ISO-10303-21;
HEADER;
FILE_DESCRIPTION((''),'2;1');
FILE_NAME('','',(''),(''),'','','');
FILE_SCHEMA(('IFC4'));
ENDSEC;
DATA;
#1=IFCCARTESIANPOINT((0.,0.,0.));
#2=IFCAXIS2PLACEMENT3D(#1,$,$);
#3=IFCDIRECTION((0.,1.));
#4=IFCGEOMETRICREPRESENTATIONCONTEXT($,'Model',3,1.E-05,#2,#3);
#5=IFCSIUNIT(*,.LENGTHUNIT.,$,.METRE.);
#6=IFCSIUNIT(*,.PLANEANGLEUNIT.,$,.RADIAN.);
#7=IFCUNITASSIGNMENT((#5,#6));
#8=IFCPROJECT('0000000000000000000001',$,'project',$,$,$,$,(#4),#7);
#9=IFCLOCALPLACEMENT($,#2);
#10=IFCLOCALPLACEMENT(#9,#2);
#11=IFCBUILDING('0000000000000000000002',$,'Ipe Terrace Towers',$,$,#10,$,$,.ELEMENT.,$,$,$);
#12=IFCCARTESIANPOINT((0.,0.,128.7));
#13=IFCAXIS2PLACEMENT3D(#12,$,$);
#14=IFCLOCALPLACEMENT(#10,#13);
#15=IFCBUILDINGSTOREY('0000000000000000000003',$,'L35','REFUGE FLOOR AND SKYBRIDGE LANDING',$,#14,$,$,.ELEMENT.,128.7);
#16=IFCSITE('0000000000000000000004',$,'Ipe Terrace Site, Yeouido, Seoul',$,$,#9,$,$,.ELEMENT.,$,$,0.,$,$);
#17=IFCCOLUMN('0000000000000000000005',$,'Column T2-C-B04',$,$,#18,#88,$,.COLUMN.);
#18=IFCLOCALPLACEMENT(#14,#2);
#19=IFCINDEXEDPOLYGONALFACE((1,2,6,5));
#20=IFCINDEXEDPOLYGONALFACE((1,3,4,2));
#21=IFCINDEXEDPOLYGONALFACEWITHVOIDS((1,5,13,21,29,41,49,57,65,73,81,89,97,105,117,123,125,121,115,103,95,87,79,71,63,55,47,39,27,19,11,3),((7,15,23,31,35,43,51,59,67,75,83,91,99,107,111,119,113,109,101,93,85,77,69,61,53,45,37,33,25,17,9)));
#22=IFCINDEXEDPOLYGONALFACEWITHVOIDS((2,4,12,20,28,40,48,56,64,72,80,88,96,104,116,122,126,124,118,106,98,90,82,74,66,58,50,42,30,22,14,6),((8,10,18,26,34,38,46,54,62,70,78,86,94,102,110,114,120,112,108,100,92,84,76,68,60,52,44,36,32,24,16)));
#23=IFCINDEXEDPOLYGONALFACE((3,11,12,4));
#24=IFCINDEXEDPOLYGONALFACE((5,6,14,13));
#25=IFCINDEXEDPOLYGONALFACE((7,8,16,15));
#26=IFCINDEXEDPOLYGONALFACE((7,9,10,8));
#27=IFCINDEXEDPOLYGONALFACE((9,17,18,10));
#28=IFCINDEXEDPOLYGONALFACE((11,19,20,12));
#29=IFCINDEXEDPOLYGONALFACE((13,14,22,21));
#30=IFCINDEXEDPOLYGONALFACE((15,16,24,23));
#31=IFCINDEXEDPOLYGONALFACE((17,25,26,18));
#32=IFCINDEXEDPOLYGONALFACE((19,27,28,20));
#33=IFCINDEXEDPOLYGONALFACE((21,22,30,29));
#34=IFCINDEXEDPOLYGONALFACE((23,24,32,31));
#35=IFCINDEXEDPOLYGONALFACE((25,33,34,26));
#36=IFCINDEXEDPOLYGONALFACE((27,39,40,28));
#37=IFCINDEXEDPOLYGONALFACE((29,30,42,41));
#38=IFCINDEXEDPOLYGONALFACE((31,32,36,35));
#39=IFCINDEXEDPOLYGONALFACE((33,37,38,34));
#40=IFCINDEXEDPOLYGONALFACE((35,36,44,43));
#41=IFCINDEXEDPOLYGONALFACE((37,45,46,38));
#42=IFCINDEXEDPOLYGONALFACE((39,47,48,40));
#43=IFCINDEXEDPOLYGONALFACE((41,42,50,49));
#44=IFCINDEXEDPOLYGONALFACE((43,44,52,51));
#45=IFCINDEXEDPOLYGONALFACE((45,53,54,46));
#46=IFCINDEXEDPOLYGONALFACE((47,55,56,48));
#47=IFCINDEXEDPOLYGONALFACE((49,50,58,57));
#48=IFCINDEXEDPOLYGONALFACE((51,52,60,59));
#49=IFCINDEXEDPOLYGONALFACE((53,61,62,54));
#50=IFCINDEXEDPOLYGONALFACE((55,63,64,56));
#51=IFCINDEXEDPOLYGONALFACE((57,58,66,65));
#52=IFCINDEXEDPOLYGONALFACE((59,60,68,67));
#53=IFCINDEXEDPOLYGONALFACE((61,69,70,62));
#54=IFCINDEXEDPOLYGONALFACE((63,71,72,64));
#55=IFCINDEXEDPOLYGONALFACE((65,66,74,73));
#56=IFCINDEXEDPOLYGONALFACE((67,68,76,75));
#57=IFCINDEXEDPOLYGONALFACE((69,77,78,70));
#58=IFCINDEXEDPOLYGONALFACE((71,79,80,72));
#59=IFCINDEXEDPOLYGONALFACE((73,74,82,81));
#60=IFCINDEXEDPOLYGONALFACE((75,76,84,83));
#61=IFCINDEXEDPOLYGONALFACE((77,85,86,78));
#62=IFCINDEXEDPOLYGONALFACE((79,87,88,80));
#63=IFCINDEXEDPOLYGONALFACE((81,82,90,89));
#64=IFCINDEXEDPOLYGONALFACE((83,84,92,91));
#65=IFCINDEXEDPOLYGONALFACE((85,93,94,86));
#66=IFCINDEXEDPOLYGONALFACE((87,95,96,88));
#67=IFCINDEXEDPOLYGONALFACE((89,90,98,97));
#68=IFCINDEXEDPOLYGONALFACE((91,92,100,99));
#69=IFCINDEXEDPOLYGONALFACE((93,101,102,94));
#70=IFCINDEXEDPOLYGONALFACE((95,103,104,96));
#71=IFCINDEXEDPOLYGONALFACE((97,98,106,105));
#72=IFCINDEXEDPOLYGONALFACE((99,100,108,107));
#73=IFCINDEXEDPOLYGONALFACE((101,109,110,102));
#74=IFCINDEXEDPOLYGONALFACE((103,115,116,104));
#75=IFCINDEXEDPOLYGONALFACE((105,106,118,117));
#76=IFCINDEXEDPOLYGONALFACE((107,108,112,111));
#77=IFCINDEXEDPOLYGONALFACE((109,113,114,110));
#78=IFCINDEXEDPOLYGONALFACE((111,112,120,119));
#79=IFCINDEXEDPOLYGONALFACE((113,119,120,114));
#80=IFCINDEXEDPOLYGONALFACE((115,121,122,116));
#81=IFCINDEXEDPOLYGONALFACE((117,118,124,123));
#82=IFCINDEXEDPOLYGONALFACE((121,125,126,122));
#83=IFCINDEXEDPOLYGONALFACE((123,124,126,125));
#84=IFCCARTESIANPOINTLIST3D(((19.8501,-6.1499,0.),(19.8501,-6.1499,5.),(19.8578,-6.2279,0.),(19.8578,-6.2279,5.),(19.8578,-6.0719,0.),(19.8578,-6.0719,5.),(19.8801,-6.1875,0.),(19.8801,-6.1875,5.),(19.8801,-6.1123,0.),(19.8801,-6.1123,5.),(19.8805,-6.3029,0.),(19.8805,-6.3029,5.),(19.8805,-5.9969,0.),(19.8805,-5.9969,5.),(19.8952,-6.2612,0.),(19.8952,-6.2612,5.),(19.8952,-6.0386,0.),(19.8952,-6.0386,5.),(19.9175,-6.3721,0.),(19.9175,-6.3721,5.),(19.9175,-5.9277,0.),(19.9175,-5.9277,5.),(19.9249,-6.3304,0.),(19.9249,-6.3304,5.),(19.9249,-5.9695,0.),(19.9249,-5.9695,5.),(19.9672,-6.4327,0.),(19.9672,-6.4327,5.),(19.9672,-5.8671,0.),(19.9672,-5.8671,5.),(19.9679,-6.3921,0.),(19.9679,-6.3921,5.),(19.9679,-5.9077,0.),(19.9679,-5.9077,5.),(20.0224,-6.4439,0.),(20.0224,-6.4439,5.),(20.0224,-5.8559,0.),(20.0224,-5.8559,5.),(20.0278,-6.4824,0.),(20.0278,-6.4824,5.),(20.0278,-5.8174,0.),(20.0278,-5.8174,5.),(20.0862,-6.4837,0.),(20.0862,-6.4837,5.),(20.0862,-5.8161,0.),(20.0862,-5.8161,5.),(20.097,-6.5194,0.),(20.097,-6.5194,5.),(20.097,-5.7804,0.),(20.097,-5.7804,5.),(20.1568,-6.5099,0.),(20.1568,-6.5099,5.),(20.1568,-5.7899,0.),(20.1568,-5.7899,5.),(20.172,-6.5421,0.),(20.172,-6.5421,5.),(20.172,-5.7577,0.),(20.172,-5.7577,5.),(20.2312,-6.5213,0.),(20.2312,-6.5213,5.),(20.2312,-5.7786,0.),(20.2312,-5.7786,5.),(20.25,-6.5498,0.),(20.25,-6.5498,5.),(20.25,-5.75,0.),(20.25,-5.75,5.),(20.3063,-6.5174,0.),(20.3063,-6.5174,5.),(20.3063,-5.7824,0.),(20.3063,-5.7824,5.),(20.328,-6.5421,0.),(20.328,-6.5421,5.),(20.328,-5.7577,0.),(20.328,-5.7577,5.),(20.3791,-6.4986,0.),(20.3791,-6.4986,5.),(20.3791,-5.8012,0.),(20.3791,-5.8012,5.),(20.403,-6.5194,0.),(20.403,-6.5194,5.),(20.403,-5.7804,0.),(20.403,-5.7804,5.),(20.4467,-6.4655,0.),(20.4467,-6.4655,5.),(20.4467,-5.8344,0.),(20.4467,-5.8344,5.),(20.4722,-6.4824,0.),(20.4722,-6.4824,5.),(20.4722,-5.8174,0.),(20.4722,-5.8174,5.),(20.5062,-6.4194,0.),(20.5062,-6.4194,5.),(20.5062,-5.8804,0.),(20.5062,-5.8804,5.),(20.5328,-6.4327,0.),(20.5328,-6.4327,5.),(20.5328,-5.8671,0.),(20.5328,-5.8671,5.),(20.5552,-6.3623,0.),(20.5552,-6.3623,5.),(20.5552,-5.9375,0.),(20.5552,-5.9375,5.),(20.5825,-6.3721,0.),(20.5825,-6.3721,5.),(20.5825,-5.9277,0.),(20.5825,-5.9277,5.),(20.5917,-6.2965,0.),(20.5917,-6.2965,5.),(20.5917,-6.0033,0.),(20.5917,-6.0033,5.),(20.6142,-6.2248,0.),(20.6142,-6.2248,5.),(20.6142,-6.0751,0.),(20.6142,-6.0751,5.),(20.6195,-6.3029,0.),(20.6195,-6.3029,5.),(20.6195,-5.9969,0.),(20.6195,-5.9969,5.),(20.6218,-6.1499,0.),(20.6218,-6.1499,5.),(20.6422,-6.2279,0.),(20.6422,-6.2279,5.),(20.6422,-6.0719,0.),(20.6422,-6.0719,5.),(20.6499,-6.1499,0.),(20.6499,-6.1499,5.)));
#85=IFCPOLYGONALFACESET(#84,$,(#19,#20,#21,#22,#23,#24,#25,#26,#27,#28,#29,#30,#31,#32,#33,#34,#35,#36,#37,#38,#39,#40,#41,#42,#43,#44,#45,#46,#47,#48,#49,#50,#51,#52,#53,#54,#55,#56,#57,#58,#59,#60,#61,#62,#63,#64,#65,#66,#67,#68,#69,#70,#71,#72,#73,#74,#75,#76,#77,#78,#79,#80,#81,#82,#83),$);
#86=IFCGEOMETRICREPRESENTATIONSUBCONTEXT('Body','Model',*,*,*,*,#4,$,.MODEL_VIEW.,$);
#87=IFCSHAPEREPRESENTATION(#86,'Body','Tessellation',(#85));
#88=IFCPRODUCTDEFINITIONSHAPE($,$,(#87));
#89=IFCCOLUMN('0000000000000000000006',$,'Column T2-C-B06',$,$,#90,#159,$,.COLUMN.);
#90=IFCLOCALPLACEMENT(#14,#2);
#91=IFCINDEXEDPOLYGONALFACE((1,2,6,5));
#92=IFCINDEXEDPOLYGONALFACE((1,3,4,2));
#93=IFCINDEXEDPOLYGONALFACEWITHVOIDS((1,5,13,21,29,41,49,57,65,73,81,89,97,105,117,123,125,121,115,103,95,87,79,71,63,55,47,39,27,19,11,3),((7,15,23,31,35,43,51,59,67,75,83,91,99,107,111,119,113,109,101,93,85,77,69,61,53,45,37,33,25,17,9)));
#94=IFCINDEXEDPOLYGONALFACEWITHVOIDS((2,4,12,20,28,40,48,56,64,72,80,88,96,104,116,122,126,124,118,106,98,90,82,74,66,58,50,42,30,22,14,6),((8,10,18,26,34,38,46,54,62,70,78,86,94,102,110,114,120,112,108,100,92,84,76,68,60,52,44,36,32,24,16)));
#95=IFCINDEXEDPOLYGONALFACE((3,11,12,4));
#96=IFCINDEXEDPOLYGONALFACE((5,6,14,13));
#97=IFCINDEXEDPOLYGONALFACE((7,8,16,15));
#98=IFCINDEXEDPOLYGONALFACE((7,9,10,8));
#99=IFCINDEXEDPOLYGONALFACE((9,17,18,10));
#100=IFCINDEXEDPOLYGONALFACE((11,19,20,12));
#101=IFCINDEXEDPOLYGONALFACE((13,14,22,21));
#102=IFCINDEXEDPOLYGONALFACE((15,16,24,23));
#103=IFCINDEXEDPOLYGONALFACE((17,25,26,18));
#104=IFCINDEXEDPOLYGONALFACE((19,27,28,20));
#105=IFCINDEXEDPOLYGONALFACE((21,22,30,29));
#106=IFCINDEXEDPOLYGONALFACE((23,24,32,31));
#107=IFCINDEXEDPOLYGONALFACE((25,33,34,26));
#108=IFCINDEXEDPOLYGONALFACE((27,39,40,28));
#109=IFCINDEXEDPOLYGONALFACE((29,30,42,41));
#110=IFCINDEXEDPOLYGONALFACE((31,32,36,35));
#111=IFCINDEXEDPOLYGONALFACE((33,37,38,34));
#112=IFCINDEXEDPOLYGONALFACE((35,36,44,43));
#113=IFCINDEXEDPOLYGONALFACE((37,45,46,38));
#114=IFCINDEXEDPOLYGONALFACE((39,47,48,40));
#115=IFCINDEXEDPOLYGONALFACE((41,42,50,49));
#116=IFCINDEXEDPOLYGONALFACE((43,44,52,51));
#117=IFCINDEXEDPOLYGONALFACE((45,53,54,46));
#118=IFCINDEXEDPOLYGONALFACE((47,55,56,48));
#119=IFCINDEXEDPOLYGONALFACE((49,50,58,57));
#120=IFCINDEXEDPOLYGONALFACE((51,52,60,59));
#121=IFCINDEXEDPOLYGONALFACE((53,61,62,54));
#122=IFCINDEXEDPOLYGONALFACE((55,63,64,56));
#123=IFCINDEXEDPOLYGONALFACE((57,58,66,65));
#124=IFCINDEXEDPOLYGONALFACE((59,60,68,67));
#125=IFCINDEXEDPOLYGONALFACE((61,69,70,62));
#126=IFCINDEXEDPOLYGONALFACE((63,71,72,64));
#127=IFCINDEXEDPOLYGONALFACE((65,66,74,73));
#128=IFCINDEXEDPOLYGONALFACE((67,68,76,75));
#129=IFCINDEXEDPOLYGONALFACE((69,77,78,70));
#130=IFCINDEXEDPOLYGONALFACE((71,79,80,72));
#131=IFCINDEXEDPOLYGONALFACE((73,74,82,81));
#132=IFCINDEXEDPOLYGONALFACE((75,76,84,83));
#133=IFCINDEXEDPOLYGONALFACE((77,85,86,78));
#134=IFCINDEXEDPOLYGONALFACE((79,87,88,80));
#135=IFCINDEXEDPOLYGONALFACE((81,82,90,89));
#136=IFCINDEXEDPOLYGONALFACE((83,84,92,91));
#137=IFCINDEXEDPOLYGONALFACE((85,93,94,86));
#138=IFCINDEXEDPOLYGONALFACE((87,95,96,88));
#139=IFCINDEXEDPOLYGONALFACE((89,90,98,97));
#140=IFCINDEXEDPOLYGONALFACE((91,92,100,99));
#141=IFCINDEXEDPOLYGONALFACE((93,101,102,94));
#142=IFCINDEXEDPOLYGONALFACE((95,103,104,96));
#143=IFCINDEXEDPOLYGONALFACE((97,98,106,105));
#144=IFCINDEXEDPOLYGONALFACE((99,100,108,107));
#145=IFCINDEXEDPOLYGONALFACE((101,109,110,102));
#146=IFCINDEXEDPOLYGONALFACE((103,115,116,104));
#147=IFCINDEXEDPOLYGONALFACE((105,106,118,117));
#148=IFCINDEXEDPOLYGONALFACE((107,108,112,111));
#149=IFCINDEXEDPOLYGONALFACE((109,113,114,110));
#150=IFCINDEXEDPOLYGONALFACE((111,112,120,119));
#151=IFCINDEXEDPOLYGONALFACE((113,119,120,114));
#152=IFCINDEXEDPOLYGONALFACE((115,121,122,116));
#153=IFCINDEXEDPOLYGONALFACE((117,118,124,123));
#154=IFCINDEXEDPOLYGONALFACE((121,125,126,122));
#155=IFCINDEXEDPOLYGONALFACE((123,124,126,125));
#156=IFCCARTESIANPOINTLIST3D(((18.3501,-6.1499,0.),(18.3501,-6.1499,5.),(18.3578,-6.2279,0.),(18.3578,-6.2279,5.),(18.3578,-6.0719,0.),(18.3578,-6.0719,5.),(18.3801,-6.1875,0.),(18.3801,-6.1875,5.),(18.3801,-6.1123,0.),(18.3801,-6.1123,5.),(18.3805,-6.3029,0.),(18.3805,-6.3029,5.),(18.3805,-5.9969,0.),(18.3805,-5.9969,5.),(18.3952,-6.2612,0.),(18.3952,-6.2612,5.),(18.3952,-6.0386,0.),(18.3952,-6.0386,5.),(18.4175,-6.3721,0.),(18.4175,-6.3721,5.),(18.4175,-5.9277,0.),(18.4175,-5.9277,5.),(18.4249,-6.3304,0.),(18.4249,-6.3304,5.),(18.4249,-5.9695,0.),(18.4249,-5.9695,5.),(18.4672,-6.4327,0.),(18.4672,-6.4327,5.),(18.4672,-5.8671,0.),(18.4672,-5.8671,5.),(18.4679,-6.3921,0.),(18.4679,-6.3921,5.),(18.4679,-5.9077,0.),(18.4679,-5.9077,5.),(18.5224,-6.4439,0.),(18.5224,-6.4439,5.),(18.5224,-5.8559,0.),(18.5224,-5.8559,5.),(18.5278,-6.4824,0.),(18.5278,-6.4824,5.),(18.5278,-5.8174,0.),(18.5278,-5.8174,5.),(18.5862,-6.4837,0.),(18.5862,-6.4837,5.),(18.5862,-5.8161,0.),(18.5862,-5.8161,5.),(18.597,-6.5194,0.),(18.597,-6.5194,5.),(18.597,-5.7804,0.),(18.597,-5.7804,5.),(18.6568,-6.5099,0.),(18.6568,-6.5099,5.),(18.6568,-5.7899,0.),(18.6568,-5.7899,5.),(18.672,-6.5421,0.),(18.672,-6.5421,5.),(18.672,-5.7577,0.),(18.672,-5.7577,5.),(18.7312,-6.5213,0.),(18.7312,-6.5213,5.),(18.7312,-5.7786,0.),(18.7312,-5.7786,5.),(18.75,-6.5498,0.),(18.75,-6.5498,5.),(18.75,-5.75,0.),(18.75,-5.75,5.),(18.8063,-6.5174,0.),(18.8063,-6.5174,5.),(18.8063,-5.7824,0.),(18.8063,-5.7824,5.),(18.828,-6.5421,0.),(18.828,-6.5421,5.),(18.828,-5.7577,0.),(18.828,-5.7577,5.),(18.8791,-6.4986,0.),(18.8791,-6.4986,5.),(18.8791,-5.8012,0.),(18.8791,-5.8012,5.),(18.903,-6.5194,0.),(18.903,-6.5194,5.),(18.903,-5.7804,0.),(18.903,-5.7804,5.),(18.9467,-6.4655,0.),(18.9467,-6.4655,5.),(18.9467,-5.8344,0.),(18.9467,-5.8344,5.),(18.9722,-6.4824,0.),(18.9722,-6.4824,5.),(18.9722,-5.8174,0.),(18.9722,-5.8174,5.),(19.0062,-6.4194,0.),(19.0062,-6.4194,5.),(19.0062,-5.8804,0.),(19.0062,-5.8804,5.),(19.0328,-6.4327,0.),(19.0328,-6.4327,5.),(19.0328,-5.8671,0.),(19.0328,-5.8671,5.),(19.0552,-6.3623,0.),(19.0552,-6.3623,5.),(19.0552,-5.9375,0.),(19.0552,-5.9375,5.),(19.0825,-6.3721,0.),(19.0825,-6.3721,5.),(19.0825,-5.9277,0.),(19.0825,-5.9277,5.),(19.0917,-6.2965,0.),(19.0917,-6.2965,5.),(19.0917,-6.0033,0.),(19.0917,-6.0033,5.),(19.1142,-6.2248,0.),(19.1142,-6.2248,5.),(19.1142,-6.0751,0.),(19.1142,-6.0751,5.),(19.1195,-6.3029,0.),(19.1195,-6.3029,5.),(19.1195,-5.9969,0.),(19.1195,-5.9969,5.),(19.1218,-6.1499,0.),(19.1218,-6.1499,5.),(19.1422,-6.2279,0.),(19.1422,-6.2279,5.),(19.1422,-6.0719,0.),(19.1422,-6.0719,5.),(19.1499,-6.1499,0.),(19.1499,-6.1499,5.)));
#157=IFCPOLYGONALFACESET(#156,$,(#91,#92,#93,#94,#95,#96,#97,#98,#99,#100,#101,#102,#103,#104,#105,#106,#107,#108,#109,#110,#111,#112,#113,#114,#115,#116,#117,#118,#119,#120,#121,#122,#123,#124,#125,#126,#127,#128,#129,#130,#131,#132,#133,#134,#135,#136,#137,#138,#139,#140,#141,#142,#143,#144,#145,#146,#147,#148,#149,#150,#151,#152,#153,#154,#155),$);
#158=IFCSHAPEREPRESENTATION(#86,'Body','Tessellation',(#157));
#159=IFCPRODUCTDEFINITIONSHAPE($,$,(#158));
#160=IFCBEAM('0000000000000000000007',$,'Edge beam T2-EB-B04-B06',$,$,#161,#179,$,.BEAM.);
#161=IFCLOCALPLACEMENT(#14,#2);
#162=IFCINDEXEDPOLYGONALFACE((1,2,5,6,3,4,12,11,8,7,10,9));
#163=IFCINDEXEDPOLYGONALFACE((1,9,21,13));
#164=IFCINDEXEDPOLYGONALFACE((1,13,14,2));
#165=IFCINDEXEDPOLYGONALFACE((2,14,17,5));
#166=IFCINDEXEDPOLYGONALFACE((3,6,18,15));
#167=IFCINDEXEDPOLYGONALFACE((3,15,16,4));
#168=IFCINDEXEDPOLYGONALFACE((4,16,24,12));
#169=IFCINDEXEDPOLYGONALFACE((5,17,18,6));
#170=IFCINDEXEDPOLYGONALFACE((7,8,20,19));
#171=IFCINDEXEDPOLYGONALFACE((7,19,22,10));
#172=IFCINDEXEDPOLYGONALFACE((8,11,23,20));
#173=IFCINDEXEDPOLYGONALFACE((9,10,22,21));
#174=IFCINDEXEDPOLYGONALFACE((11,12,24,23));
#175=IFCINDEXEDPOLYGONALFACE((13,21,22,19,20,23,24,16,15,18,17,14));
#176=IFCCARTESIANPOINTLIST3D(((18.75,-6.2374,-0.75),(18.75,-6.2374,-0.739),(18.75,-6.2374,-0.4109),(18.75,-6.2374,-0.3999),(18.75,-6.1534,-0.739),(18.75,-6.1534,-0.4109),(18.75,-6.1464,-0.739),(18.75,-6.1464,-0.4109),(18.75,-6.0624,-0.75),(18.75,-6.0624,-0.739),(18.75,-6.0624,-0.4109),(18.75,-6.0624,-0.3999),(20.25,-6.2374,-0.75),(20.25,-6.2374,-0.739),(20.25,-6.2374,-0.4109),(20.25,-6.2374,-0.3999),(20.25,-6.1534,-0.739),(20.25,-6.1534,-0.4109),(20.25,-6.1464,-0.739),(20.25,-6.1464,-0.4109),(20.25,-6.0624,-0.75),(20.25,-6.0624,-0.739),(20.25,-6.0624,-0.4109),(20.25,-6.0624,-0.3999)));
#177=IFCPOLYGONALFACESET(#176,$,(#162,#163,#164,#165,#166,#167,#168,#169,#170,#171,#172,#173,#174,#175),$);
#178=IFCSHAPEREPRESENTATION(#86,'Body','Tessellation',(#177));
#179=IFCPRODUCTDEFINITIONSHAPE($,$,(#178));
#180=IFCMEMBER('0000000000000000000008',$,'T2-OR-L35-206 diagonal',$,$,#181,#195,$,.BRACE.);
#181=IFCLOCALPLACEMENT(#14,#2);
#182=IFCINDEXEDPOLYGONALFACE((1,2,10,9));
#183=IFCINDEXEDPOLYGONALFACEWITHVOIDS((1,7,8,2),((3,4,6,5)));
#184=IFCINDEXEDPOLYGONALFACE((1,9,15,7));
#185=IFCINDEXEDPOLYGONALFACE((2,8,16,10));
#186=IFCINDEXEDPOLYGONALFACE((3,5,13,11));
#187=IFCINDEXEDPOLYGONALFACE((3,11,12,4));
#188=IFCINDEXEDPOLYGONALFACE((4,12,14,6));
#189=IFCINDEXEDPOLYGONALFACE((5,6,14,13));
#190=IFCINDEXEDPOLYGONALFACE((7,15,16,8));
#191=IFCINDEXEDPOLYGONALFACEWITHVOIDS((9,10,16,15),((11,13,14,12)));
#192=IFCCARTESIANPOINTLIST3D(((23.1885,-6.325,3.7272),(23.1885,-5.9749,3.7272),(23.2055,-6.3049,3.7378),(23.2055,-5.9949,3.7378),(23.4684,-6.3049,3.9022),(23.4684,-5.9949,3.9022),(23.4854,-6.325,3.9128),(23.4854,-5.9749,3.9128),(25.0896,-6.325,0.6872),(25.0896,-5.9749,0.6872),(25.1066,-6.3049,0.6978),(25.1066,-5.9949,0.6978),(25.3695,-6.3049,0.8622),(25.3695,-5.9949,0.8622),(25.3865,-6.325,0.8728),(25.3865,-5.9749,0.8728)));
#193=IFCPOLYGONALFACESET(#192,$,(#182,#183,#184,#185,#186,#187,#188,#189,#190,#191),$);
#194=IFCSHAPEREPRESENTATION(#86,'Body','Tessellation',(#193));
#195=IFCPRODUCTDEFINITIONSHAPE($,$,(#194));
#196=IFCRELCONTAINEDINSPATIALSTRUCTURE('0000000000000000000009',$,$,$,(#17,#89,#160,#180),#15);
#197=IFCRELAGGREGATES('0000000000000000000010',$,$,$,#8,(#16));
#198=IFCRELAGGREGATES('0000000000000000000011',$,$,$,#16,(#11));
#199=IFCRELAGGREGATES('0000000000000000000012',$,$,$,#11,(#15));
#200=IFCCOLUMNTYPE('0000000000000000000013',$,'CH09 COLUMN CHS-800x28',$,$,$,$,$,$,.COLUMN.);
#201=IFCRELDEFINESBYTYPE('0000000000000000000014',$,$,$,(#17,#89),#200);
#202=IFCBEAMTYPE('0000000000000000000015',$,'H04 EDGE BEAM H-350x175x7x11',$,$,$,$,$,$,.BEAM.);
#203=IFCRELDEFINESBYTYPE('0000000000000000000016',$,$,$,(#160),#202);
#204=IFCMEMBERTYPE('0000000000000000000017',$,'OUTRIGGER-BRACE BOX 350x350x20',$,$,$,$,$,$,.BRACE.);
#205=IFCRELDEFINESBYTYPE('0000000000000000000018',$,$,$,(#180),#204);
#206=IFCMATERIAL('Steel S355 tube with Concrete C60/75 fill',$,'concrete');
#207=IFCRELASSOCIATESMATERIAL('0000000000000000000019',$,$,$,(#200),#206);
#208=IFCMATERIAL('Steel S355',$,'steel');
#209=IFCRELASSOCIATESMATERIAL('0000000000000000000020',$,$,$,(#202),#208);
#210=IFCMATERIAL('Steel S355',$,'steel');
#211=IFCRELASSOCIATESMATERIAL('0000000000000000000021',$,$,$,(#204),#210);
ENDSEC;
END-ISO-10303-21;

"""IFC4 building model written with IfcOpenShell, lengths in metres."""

from ifc_helpers import new_model, si_unit, direction, frame, origin, origin_2d, place, context, subcontext, project, spatial, hollow_rectangle, hollow_circle, i_section, extrude, material, material_profile, profile_set, type_object, element, save


model = new_model("IFC4")

# Units and contexts
model_context = context("Model", 3, precision=1e-05, world=origin(), true_north=direction((0.0, 1.0)))
body_context = subcontext(model_context, "Body", "Model", "MODEL_VIEW")
ifc_project = project(units=[si_unit("LENGTHUNIT", "METRE"), si_unit("PLANEANGLEUNIT", "RADIAN")], contexts=[model_context])

# Site, building, storey
site_placement = place(None, origin())
site = spatial("IfcSite", under=ifc_project, at=site_placement, Name="Ipe Terrace Site, Yeouido, Seoul", CompositionType="ELEMENT", RefElevation=0.0)
building_placement = place(site_placement, origin())
building = spatial("IfcBuilding", under=site, at=building_placement, Name="Ipe Terrace Towers", CompositionType="ELEMENT")
storey_placement = place(building_placement, frame((0.0, 0.0, 128.7)))
storey = spatial("IfcBuildingStorey", under=building, at=storey_placement, Name="L35", Description="REFUGE FLOOR AND SKYBRIDGE LANDING", CompositionType="ELEMENT", Elevation=128.7)

# Columns
ifc_material_1 = material(Name="Steel S355 tube with Concrete C60/75 fill", Category="concrete")
ifc_material_profile_1 = material_profile(ifc_material_1, hollow_circle(Radius=0.3999, WallThickness=0.0281, at=origin_2d()), Name="CHS-800x28")
ifc_profile_set_1 = profile_set([ifc_material_profile_1], Name="Steel S355 tube with Concrete C60/75 fill")
column_type = type_object("IfcColumnType", Name="CH09 COLUMN CHS-800x28", PredefinedType="COLUMN", material=ifc_profile_set_1)
for number, where, z_axis, x_axis, name in (
    (1, (20.25, -6.1499, 0.0), (0.0, 0.0, 1.0), (1.0, 0.0, 0.0), "Column T2-C-B04"),
    (2, (18.75, -6.1499, 0.0), (0.0, 0.0, 1.0), (1.0, 0.0, 0.0), "Column T2-C-B06"),
):
    element("IfcColumn", number, at=place(storey_placement, frame(where, z_axis=z_axis, x_axis=x_axis)), inside=storey, type_object=column_type, Name=name, PredefinedType="COLUMN", context=body_context, shape_type="SweptSolid", body=[
        extrude(hollow_circle(Radius=0.3999, WallThickness=0.0281, at=origin_2d()), origin(), (0.0, 0.0, 1.0), 5.0),
    ])

# Beam
ifc_material_2 = material(Name="Steel S355", Category="steel")
ifc_material_profile_2 = material_profile(ifc_material_2, i_section(OverallWidth=0.175, OverallDepth=0.3501, WebThickness=0.0071, FlangeThickness=0.011, at=origin_2d()), Name="H-350x175x7x11")
ifc_profile_set_2 = profile_set([ifc_material_profile_2], Name="Steel S355")
beam_type = type_object("IfcBeamType", Name="H04 EDGE BEAM H-350x175x7x11", PredefinedType="BEAM", material=ifc_profile_set_2)
beam_placement = place(storey_placement, frame((20.25, -6.1499, -0.575), z_axis=(-1.0, 0.0, 0.0), x_axis=(0.0, -1.0, 0.0)))
element("IfcBeam", 3, at=beam_placement, inside=storey, type_object=beam_type, Name="Edge beam T2-EB-B04-B06", PredefinedType="BEAM", context=body_context, shape_type="SweptSolid", body=[
    extrude(i_section(OverallWidth=0.175, OverallDepth=0.3501, WebThickness=0.0071, FlangeThickness=0.011, at=origin_2d()), origin(), (0.0, 0.0, 1.0), 1.5),
])

# Member
ifc_material_3 = material(Name="Steel S355", Category="steel")
ifc_material_profile_3 = material_profile(ifc_material_3, hollow_rectangle(XDim=0.3501, YDim=0.3501, WallThickness=0.02, at=origin_2d()), Name="OUTRIGGER-BRACE BOX 350x350x20")
ifc_profile_set_3 = profile_set([ifc_material_profile_3], Name="Steel S355")
member_type_1 = type_object("IfcMemberType", Name="OUTRIGGER-BRACE BOX 350x350x20", PredefinedType="BRACE", material=ifc_profile_set_3)
for number, where, z_axis, x_axis, name in (
    (4, (25.238, -6.1499, 0.78), (-0.530219, 0.0, 0.847861), (0.0, -1.0, 0.0), "T2-OR-L35-206 diagonal"),
):
    element("IfcMember", number, at=place(storey_placement, frame(where, z_axis=z_axis, x_axis=x_axis)), inside=storey, type_object=member_type_1, Name=name, PredefinedType="BRACE", context=body_context, shape_type="SweptSolid", body=[
        extrude(hollow_rectangle(XDim=0.3501, YDim=0.3501, WallThickness=0.02, at=origin_2d()), origin(), (0.0, 0.0, 1.0), 3.5854),
    ])

save(model, "model.ifc")
